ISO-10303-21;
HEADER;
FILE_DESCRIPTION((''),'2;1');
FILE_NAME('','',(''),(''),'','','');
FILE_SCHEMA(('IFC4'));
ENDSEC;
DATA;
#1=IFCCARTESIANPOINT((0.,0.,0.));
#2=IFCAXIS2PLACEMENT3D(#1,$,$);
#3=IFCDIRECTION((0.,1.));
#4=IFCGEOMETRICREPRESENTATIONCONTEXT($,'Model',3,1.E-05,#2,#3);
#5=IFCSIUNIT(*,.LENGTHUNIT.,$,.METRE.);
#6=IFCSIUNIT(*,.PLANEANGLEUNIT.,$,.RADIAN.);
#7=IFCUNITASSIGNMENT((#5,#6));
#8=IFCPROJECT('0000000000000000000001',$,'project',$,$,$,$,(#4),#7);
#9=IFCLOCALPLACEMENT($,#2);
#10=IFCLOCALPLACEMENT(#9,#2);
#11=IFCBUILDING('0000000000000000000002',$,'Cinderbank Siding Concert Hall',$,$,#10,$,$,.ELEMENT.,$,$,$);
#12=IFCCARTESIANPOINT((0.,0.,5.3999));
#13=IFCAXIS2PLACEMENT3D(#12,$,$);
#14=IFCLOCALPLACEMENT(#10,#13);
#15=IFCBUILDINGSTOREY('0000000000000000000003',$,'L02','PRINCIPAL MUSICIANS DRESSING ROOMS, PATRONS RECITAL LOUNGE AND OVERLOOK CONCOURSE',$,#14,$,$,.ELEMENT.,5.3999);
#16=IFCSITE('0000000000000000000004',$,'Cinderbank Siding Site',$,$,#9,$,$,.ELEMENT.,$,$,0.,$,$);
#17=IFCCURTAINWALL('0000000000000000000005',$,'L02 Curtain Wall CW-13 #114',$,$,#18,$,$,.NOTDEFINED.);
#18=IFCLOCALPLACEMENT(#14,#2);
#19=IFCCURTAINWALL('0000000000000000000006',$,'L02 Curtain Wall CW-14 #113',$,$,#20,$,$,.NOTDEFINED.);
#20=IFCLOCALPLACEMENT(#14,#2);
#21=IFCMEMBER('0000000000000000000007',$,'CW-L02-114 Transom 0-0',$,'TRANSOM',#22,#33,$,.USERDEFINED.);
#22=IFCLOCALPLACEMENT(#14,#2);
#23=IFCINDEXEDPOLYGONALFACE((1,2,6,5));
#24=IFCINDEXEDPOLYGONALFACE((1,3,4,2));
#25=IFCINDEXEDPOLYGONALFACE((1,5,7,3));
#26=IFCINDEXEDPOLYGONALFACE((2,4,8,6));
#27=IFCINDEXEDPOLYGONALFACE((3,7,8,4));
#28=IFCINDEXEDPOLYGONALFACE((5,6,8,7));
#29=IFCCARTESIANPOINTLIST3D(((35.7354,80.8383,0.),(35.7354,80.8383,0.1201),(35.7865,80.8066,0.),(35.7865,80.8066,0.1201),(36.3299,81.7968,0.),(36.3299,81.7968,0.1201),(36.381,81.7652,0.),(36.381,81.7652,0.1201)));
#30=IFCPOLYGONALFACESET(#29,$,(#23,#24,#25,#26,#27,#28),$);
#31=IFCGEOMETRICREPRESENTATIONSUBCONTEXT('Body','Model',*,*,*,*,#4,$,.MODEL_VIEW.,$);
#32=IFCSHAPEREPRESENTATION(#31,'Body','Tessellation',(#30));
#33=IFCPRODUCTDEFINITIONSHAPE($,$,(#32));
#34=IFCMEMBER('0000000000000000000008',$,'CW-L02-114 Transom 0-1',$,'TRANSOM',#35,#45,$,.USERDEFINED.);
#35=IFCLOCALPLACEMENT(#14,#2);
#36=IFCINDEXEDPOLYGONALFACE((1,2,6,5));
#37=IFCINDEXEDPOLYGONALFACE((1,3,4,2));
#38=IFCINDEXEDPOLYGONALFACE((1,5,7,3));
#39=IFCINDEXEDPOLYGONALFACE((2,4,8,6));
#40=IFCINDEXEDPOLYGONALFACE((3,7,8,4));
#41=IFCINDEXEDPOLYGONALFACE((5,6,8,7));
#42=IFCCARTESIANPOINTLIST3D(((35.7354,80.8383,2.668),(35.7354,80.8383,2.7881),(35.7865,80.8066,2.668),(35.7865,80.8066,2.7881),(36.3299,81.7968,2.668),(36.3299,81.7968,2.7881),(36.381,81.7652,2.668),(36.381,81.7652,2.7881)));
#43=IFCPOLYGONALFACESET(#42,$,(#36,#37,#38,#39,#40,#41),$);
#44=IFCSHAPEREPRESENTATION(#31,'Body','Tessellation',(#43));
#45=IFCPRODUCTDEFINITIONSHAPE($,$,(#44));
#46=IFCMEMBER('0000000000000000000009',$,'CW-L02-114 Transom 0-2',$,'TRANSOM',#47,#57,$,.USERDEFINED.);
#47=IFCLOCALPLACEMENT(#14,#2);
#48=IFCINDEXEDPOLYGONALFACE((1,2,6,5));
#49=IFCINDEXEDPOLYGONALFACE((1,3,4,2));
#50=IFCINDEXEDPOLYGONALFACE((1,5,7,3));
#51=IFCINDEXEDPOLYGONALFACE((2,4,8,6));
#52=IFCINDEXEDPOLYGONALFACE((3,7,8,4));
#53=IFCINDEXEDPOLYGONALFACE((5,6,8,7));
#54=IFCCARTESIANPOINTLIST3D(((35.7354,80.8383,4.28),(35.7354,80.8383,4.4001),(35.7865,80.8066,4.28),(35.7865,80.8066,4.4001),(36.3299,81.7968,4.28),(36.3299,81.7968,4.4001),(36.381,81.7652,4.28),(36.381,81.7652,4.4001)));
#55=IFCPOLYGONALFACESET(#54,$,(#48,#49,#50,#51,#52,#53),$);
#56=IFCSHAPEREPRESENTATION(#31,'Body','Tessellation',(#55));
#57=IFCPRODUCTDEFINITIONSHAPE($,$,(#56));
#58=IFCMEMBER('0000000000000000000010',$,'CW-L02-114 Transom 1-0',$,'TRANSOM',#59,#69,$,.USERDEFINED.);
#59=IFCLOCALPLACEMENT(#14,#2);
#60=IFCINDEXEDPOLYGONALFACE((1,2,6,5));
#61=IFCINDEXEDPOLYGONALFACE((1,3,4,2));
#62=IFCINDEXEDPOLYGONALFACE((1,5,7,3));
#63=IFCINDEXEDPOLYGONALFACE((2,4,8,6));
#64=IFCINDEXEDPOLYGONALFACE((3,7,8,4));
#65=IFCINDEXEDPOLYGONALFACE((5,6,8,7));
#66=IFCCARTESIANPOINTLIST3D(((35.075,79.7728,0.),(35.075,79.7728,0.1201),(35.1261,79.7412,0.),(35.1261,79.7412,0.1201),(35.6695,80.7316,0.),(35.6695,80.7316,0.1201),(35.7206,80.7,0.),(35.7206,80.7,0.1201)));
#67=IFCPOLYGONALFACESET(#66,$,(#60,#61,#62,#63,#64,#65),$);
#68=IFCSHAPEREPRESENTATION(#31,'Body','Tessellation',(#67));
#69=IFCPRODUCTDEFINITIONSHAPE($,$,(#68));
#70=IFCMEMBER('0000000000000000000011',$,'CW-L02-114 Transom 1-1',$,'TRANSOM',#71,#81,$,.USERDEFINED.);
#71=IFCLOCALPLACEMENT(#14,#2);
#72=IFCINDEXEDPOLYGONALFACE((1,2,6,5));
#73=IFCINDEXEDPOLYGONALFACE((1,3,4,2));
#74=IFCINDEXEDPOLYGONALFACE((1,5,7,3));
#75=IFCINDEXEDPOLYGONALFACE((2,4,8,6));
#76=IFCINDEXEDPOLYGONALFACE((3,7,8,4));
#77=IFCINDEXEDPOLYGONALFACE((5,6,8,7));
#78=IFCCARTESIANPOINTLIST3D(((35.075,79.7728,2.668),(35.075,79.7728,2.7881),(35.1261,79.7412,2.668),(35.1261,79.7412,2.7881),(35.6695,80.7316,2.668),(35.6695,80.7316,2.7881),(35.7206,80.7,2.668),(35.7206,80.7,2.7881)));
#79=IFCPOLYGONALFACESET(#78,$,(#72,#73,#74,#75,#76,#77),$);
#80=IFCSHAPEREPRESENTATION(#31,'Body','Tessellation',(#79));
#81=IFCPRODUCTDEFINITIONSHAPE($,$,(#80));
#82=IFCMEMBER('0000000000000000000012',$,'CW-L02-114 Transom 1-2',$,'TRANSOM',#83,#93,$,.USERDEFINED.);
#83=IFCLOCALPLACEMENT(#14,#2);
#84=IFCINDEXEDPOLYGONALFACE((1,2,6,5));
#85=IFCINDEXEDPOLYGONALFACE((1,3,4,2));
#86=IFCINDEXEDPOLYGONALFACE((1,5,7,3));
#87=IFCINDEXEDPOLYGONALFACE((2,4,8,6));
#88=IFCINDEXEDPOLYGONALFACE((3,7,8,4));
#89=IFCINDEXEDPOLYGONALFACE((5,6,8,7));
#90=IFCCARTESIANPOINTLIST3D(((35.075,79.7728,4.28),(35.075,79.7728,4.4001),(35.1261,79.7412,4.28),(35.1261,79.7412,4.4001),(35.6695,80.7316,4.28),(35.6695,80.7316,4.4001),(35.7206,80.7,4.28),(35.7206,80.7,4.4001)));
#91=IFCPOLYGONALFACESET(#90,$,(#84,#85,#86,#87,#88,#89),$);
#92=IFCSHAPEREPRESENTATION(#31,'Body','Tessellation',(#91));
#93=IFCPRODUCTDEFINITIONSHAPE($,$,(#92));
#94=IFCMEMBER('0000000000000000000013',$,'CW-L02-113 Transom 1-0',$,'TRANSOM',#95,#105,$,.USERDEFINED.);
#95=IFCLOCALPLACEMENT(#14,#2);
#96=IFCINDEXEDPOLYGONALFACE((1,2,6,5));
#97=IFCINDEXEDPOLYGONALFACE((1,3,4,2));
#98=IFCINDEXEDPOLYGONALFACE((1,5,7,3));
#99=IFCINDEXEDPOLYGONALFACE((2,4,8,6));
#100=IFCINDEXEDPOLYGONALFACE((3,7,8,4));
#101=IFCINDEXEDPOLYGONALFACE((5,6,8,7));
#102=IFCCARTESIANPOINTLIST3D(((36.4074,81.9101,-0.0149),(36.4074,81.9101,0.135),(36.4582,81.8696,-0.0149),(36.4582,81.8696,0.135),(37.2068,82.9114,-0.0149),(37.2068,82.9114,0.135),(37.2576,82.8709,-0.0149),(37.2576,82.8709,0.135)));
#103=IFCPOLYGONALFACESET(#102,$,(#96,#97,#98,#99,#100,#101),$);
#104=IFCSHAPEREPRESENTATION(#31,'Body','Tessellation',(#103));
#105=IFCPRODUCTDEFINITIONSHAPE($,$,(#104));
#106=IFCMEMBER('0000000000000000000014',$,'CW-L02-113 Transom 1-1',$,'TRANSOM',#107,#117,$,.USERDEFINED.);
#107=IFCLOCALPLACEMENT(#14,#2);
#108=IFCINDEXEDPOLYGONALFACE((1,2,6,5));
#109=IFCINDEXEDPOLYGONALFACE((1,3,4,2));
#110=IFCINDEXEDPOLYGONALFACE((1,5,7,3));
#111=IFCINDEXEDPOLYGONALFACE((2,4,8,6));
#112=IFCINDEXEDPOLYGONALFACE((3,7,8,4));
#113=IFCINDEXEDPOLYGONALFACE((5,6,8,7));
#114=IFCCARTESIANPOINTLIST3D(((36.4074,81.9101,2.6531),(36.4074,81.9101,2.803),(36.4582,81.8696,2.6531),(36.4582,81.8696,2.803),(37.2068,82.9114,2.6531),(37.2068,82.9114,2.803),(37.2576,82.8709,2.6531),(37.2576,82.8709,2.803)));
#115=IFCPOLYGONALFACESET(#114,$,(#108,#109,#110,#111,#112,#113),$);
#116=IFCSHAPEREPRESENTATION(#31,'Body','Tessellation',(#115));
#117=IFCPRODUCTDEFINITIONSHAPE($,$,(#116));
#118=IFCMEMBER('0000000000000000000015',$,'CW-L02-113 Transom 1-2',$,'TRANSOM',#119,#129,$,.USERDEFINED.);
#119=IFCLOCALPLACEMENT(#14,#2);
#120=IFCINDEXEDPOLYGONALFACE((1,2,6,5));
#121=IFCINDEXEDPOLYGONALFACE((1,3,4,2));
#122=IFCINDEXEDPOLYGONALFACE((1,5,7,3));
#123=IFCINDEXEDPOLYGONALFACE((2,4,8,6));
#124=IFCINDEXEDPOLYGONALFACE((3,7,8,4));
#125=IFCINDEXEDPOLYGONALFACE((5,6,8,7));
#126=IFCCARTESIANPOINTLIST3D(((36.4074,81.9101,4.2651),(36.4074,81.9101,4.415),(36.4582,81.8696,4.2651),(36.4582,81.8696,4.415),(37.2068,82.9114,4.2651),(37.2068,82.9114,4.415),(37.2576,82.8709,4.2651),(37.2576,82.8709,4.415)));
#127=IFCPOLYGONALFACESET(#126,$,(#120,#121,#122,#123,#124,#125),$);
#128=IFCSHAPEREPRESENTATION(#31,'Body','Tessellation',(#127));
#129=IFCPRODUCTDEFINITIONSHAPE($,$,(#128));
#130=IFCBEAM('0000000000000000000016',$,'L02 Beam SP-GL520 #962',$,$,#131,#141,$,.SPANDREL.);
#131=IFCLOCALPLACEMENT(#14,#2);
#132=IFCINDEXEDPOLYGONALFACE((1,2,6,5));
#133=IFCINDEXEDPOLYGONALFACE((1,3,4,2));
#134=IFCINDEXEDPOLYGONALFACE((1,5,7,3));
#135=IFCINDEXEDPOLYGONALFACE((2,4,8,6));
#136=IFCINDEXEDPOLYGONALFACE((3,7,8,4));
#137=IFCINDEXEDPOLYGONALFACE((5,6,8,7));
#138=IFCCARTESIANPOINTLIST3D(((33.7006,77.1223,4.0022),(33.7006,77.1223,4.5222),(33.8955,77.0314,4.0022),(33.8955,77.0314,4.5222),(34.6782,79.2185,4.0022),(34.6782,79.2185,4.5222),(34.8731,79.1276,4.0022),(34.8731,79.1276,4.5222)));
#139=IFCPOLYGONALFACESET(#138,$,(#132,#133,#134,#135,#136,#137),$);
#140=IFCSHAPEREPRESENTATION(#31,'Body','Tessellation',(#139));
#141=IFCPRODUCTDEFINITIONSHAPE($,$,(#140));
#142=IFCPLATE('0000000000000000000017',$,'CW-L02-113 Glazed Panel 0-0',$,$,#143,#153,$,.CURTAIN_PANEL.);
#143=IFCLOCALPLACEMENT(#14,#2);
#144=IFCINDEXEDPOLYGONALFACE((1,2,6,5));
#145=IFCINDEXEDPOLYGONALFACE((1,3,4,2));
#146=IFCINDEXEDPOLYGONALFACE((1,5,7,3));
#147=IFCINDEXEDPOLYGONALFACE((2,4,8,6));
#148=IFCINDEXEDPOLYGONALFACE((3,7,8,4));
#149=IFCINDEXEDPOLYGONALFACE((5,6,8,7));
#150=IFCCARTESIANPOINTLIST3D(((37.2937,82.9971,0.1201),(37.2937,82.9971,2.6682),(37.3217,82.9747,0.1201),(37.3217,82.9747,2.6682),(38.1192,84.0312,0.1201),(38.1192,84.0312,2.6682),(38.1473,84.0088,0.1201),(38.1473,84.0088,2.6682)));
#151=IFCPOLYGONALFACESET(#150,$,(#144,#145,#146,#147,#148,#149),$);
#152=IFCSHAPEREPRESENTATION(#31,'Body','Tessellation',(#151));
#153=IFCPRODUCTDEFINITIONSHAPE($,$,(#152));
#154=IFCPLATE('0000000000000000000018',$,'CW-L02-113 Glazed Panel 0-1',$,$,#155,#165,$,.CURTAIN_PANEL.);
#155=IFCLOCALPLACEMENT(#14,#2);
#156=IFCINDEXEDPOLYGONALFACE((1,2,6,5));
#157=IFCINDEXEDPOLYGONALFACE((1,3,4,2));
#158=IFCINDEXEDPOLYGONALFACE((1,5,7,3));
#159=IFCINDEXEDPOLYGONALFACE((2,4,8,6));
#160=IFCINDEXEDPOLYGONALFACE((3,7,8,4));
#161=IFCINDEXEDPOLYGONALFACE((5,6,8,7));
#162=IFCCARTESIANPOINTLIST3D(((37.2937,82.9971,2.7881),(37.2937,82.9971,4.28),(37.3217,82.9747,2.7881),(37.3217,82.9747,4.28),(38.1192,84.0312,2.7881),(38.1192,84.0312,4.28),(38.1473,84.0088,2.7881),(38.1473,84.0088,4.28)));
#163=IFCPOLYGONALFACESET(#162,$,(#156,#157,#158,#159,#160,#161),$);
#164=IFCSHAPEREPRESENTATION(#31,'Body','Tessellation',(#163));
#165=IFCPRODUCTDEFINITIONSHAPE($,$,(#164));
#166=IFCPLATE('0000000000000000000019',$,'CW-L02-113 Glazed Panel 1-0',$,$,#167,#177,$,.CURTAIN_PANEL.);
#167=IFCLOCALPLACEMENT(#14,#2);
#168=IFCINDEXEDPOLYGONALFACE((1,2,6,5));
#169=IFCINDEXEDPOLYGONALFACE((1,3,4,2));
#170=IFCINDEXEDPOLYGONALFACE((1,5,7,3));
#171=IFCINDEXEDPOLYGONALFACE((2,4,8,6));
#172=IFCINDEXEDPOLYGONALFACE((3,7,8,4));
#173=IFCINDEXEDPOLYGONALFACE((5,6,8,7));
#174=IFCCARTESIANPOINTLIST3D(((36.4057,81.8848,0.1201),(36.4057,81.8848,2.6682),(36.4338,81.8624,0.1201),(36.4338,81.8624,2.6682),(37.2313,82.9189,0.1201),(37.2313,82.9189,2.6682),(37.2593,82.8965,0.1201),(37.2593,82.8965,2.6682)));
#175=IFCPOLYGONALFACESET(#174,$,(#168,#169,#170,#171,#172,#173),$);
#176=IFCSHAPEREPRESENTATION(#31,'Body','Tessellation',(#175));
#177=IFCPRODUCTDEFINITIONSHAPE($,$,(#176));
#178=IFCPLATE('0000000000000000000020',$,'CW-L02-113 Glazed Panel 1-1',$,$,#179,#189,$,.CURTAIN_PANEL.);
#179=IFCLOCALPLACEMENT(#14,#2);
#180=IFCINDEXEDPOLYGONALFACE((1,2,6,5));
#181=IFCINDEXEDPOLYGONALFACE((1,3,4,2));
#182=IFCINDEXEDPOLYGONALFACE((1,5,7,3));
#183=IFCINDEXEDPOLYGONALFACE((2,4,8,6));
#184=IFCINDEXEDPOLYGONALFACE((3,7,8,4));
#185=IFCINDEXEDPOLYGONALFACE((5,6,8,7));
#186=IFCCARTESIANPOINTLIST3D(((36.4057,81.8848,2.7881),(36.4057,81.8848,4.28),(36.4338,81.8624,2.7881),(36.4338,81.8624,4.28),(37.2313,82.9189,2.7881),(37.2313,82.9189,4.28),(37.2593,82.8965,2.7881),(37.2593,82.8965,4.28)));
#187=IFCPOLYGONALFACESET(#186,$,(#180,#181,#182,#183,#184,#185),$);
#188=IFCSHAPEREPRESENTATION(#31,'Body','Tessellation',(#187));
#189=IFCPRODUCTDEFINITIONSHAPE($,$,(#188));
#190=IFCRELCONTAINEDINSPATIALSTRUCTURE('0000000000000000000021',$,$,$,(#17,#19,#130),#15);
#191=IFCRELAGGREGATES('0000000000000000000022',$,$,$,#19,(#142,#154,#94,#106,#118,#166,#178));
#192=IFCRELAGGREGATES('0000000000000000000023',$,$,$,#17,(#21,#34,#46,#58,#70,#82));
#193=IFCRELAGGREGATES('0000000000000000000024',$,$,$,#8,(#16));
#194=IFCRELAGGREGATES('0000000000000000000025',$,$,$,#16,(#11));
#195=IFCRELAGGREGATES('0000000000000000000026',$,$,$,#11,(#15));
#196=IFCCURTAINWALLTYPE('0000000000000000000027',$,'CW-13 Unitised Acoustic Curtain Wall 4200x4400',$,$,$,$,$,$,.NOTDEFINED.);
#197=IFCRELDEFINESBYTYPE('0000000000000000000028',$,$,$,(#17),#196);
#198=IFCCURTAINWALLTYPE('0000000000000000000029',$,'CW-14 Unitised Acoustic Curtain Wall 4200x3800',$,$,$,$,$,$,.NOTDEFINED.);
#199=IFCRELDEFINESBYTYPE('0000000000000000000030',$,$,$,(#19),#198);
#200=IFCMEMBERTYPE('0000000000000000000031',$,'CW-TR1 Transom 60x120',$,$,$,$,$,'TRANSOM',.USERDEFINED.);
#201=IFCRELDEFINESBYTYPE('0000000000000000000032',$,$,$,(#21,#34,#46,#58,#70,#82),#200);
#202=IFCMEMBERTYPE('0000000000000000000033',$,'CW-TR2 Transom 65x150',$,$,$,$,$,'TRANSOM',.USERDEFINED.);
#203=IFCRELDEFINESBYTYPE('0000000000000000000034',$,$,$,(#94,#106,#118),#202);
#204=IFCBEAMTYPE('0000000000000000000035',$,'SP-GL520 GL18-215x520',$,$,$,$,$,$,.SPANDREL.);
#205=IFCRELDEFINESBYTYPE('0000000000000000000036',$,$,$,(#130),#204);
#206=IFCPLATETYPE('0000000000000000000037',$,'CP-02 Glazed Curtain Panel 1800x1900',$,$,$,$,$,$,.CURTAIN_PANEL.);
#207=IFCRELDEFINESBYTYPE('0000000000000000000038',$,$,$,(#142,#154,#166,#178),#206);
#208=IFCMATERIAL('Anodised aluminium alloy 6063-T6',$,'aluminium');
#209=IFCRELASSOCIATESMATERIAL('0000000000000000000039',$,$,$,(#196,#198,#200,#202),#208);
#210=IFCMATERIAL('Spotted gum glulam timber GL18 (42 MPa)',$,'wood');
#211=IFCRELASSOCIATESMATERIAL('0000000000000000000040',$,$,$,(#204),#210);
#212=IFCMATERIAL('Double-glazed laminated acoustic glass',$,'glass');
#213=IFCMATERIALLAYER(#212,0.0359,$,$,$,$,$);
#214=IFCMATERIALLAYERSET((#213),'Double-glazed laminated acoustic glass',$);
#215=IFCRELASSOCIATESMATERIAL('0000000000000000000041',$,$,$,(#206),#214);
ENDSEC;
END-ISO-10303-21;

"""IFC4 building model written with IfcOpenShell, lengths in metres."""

from ifc_helpers import new_model, si_unit, direction, frame, origin, origin_2d, place, context, subcontext, project, spatial, rectangle, extrude, material, layer, layer_set, material_profile, profile_set, type_object, element, aggregate, save


model = new_model("IFC4")

# Units and contexts
model_context = context("Model", 3, precision=1e-05, world=origin(), true_north=direction((0.0, 1.0)))
body_context = subcontext(model_context, "Body", "Model", "MODEL_VIEW")
ifc_project = project(units=[si_unit("LENGTHUNIT", "METRE"), si_unit("PLANEANGLEUNIT", "RADIAN")], contexts=[model_context])

# Site, building, storey
site_placement = place(None, origin())
site = spatial("IfcSite", under=ifc_project, at=site_placement, Name="Cinderbank Siding Site", CompositionType="ELEMENT", RefElevation=0.0)
building_placement = place(site_placement, origin())
building = spatial("IfcBuilding", under=site, at=building_placement, Name="Cinderbank Siding Concert Hall", CompositionType="ELEMENT")
storey_placement = place(building_placement, frame((0.0, 0.0, 5.3999)))
storey = spatial("IfcBuildingStorey", under=building, at=storey_placement, Name="L02", Description="PRINCIPAL MUSICIANS DRESSING ROOMS, PATRONS RECITAL LOUNGE AND OVERLOOK CONCOURSE", CompositionType="ELEMENT", Elevation=5.3999)

# Curtain walls
ifc_material_1 = material(Name="Anodised aluminium alloy 6063-T6", Category="aluminium")
curtain_wall_type_1 = type_object("IfcCurtainWallType", Name="CW-13 Unitised Acoustic Curtain Wall 4200x4400", PredefinedType="NOTDEFINED", material=ifc_material_1)
curtain_wall_1_placement = place(storey_placement, origin())
curtain_wall_1 = element("IfcCurtainWall", 1, at=curtain_wall_1_placement, inside=storey, type_object=curtain_wall_type_1, Name="L02 Curtain Wall CW-13 #114", PredefinedType="NOTDEFINED")
curtain_wall_type_2 = type_object("IfcCurtainWallType", Name="CW-14 Unitised Acoustic Curtain Wall 4200x3800", PredefinedType="NOTDEFINED", material=ifc_material_1)
curtain_wall_2_placement = place(storey_placement, origin())
curtain_wall_2 = element("IfcCurtainWall", 2, at=curtain_wall_2_placement, inside=storey, type_object=curtain_wall_type_2, Name="L02 Curtain Wall CW-14 #113", PredefinedType="NOTDEFINED")

# Members
ifc_material_profile_1 = material_profile(ifc_material_1, rectangle(XDim=0.0601, YDim=0.1201, at=origin_2d()), Name="ALU-TRAN-60x120", Category="LoadBearing")
ifc_profile_set_1 = profile_set([ifc_material_profile_1], Name="Anodised aluminium alloy 6063-T6")
member_type_1 = type_object("IfcMemberType", Name="CW-TR1 Transom 60x120", ElementType="TRANSOM", PredefinedType="USERDEFINED", material=ifc_profile_set_1)
member_1_placement = place(storey_placement, frame((36.3555, 81.781, 0.0601), z_axis=(-0.527077, -0.849817, 0.0), x_axis=(0.849817, -0.527077, 0.0)))
member_1 = element("IfcMember", 3, at=member_1_placement, type_object=member_type_1, Name="CW-L02-114 Transom 0-0", ObjectType="TRANSOM", PredefinedType="USERDEFINED", context=body_context, shape_type="SweptSolid", body=[
    extrude(rectangle(XDim=0.0601, YDim=0.1201, at=origin_2d()), origin(), (0.0, 0.0, 1.0), 1.1279),
])
member_2_placement = place(storey_placement, frame((36.3555, 81.781, 2.728), z_axis=(-0.527077, -0.849817, 0.0), x_axis=(0.849817, -0.527077, 0.0)))
member_2 = element("IfcMember", 4, at=member_2_placement, type_object=member_type_1, Name="CW-L02-114 Transom 0-1", ObjectType="TRANSOM", PredefinedType="USERDEFINED", context=body_context, shape_type="SweptSolid", body=[
    extrude(rectangle(XDim=0.0601, YDim=0.1201, at=origin_2d()), origin(), (0.0, 0.0, 1.0), 1.1279),
])
member_3_placement = place(storey_placement, frame((36.3555, 81.781, 4.3401), z_axis=(-0.527077, -0.849817, 0.0), x_axis=(0.849817, -0.527077, 0.0)))
member_3 = element("IfcMember", 5, at=member_3_placement, type_object=member_type_1, Name="CW-L02-114 Transom 0-2", ObjectType="TRANSOM", PredefinedType="USERDEFINED", context=body_context, shape_type="SweptSolid", body=[
    extrude(rectangle(XDim=0.0601, YDim=0.1201, at=origin_2d()), origin(), (0.0, 0.0, 1.0), 1.1279),
])
member_4_placement = place(storey_placement, frame((35.6951, 80.7158, 0.0601), z_axis=(-0.52698, -0.849877, 0.0), x_axis=(0.849877, -0.52698, 0.0)))
member_4 = element("IfcMember", 6, at=member_4_placement, type_object=member_type_1, Name="CW-L02-114 Transom 1-0", ObjectType="TRANSOM", PredefinedType="USERDEFINED", context=body_context, shape_type="SweptSolid", body=[
    extrude(rectangle(XDim=0.0601, YDim=0.1201, at=origin_2d()), origin(), (0.0, 0.0, 1.0), 1.1282),
])
member_5_placement = place(storey_placement, frame((35.6951, 80.7158, 2.728), z_axis=(-0.52698, -0.849877, 0.0), x_axis=(0.849877, -0.52698, 0.0)))
member_5 = element("IfcMember", 7, at=member_5_placement, type_object=member_type_1, Name="CW-L02-114 Transom 1-1", ObjectType="TRANSOM", PredefinedType="USERDEFINED", context=body_context, shape_type="SweptSolid", body=[
    extrude(rectangle(XDim=0.0601, YDim=0.1201, at=origin_2d()), origin(), (0.0, 0.0, 1.0), 1.1282),
])
member_6_placement = place(storey_placement, frame((35.6951, 80.7158, 4.3401), z_axis=(-0.52698, -0.849877, 0.0), x_axis=(0.849877, -0.52698, 0.0)))
member_6 = element("IfcMember", 8, at=member_6_placement, type_object=member_type_1, Name="CW-L02-114 Transom 1-2", ObjectType="TRANSOM", PredefinedType="USERDEFINED", context=body_context, shape_type="SweptSolid", body=[
    extrude(rectangle(XDim=0.0601, YDim=0.1201, at=origin_2d()), origin(), (0.0, 0.0, 1.0), 1.1282),
])
ifc_material_profile_2 = material_profile(ifc_material_1, rectangle(XDim=0.0649, YDim=0.1499, at=origin_2d()), Name="ALU-TRAN-65x150", Category="LoadBearing")
ifc_profile_set_2 = profile_set([ifc_material_profile_2], Name="Anodised aluminium alloy 6063-T6")
member_type_2 = type_object("IfcMemberType", Name="CW-TR2 Transom 65x150", ElementType="TRANSOM", PredefinedType="USERDEFINED", material=ifc_profile_set_2)
member_7_placement = place(storey_placement, frame((37.2322, 82.8911, 0.0601), z_axis=(-0.623905, -0.781501, 0.0), x_axis=(0.781501, -0.623905, 0.0)))
member_7 = element("IfcMember", 9, at=member_7_placement, type_object=member_type_2, Name="CW-L02-113 Transom 1-0", ObjectType="TRANSOM", PredefinedType="USERDEFINED", context=body_context, shape_type="SweptSolid", body=[
    extrude(rectangle(XDim=0.0649, YDim=0.1499, at=origin_2d()), origin(), (0.0, 0.0, 1.0), 1.2812),
])
member_8_placement = place(storey_placement, frame((37.2322, 82.8911, 2.728), z_axis=(-0.623905, -0.781501, 0.0), x_axis=(0.781501, -0.623905, 0.0)))
member_8 = element("IfcMember", 10, at=member_8_placement, type_object=member_type_2, Name="CW-L02-113 Transom 1-1", ObjectType="TRANSOM", PredefinedType="USERDEFINED", context=body_context, shape_type="SweptSolid", body=[
    extrude(rectangle(XDim=0.0649, YDim=0.1499, at=origin_2d()), origin(), (0.0, 0.0, 1.0), 1.2812),
])
member_9_placement = place(storey_placement, frame((37.2322, 82.8911, 4.3401), z_axis=(-0.623905, -0.781501, 0.0), x_axis=(0.781501, -0.623905, 0.0)))
member_9 = element("IfcMember", 11, at=member_9_placement, type_object=member_type_2, Name="CW-L02-113 Transom 1-2", ObjectType="TRANSOM", PredefinedType="USERDEFINED", context=body_context, shape_type="SweptSolid", body=[
    extrude(rectangle(XDim=0.0649, YDim=0.1499, at=origin_2d()), origin(), (0.0, 0.0, 1.0), 1.2812),
])

# Beam
ifc_material_2 = material(Name="Spotted gum glulam timber GL18 (42 MPa)", Category="wood")
ifc_material_profile_3 = material_profile(ifc_material_2, rectangle(XDim=0.2151, YDim=0.52, at=origin_2d()), Name="GL18-215x520", Category="LoadBearing")
ifc_profile_set_3 = profile_set([ifc_material_profile_3], Name="Spotted gum glulam timber GL18 (42 MPa)")
beam_type_1 = type_object("IfcBeamType", Name="SP-GL520 GL18-215x520", PredefinedType="SPANDREL", material=ifc_profile_set_3)
beam_1_placement = place(storey_placement, frame((34.7756, 79.1731, 4.2622), z_axis=(-0.422643, -0.906296, 0.0), x_axis=(0.906296, -0.422643, 0.0)))
element("IfcBeam", 12, at=beam_1_placement, inside=storey, type_object=beam_type_1, Name="L02 Beam SP-GL520 #962", PredefinedType="SPANDREL", context=body_context, shape_type="SweptSolid", body=[
    extrude(rectangle(XDim=0.2151, YDim=0.52, at=origin_2d()), origin(), (0.0, 0.0, 1.0), 2.313),
])

# Plates
ifc_material_3 = material(Name="Double-glazed laminated acoustic glass", Category="glass")
ifc_layer_1 = layer(ifc_material_3, 0.0359)
ifc_layer_set_1 = layer_set([ifc_layer_1], Name="Double-glazed laminated acoustic glass")
plate_type_1 = type_object("IfcPlateType", Name="CP-02 Glazed Curtain Panel 1800x1900", PredefinedType="CURTAIN_PANEL", material=ifc_layer_set_1)
plate_1_placement = place(storey_placement, frame((37.7205, 83.5029, 0.1201), z_axis=(0.0, 0.0, 1.0), x_axis=(-0.623889, -0.781513, 0.0)))
plate_1 = element("IfcPlate", 13, at=plate_1_placement, type_object=plate_type_1, Name="CW-L02-113 Glazed Panel 0-0", PredefinedType="CURTAIN_PANEL", context=body_context, shape_type="SweptSolid", body=[
    extrude(rectangle(XDim=1.3232, YDim=0.0359, at=origin_2d()), origin(), (0.0, 0.0, 1.0), 2.5481),
])
plate_2_placement = place(storey_placement, frame((37.7205, 83.5029, 2.7881), z_axis=(0.0, 0.0, 1.0), x_axis=(-0.623889, -0.781513, 0.0)))
plate_2 = element("IfcPlate", 14, at=plate_2_placement, type_object=plate_type_1, Name="CW-L02-113 Glazed Panel 0-1", PredefinedType="CURTAIN_PANEL", context=body_context, shape_type="SweptSolid", body=[
    extrude(rectangle(XDim=1.3232, YDim=0.0359, at=origin_2d()), origin(), (0.0, 0.0, 1.0), 1.4919),
])
plate_3_placement = place(storey_placement, frame((36.8325, 82.3906, 0.1201), z_axis=(0.0, 0.0, 1.0), x_axis=(-0.623889, -0.781513, 0.0)))
plate_3 = element("IfcPlate", 15, at=plate_3_placement, type_object=plate_type_1, Name="CW-L02-113 Glazed Panel 1-0", PredefinedType="CURTAIN_PANEL", context=body_context, shape_type="SweptSolid", body=[
    extrude(rectangle(XDim=1.3232, YDim=0.0359, at=origin_2d()), origin(), (0.0, 0.0, 1.0), 2.5481),
])
plate_4_placement = place(storey_placement, frame((36.8325, 82.3906, 2.7881), z_axis=(0.0, 0.0, 1.0), x_axis=(-0.623889, -0.781513, 0.0)))
plate_4 = element("IfcPlate", 16, at=plate_4_placement, type_object=plate_type_1, Name="CW-L02-113 Glazed Panel 1-1", PredefinedType="CURTAIN_PANEL", context=body_context, shape_type="SweptSolid", body=[
    extrude(rectangle(XDim=1.3232, YDim=0.0359, at=origin_2d()), origin(), (0.0, 0.0, 1.0), 1.4919),
])
aggregate(curtain_wall_2, [plate_1, plate_2, member_7, member_8, member_9, plate_3, plate_4])
aggregate(curtain_wall_1, [member_1, member_2, member_3, member_4, member_5, member_6])

save(model, "model.ifc")
